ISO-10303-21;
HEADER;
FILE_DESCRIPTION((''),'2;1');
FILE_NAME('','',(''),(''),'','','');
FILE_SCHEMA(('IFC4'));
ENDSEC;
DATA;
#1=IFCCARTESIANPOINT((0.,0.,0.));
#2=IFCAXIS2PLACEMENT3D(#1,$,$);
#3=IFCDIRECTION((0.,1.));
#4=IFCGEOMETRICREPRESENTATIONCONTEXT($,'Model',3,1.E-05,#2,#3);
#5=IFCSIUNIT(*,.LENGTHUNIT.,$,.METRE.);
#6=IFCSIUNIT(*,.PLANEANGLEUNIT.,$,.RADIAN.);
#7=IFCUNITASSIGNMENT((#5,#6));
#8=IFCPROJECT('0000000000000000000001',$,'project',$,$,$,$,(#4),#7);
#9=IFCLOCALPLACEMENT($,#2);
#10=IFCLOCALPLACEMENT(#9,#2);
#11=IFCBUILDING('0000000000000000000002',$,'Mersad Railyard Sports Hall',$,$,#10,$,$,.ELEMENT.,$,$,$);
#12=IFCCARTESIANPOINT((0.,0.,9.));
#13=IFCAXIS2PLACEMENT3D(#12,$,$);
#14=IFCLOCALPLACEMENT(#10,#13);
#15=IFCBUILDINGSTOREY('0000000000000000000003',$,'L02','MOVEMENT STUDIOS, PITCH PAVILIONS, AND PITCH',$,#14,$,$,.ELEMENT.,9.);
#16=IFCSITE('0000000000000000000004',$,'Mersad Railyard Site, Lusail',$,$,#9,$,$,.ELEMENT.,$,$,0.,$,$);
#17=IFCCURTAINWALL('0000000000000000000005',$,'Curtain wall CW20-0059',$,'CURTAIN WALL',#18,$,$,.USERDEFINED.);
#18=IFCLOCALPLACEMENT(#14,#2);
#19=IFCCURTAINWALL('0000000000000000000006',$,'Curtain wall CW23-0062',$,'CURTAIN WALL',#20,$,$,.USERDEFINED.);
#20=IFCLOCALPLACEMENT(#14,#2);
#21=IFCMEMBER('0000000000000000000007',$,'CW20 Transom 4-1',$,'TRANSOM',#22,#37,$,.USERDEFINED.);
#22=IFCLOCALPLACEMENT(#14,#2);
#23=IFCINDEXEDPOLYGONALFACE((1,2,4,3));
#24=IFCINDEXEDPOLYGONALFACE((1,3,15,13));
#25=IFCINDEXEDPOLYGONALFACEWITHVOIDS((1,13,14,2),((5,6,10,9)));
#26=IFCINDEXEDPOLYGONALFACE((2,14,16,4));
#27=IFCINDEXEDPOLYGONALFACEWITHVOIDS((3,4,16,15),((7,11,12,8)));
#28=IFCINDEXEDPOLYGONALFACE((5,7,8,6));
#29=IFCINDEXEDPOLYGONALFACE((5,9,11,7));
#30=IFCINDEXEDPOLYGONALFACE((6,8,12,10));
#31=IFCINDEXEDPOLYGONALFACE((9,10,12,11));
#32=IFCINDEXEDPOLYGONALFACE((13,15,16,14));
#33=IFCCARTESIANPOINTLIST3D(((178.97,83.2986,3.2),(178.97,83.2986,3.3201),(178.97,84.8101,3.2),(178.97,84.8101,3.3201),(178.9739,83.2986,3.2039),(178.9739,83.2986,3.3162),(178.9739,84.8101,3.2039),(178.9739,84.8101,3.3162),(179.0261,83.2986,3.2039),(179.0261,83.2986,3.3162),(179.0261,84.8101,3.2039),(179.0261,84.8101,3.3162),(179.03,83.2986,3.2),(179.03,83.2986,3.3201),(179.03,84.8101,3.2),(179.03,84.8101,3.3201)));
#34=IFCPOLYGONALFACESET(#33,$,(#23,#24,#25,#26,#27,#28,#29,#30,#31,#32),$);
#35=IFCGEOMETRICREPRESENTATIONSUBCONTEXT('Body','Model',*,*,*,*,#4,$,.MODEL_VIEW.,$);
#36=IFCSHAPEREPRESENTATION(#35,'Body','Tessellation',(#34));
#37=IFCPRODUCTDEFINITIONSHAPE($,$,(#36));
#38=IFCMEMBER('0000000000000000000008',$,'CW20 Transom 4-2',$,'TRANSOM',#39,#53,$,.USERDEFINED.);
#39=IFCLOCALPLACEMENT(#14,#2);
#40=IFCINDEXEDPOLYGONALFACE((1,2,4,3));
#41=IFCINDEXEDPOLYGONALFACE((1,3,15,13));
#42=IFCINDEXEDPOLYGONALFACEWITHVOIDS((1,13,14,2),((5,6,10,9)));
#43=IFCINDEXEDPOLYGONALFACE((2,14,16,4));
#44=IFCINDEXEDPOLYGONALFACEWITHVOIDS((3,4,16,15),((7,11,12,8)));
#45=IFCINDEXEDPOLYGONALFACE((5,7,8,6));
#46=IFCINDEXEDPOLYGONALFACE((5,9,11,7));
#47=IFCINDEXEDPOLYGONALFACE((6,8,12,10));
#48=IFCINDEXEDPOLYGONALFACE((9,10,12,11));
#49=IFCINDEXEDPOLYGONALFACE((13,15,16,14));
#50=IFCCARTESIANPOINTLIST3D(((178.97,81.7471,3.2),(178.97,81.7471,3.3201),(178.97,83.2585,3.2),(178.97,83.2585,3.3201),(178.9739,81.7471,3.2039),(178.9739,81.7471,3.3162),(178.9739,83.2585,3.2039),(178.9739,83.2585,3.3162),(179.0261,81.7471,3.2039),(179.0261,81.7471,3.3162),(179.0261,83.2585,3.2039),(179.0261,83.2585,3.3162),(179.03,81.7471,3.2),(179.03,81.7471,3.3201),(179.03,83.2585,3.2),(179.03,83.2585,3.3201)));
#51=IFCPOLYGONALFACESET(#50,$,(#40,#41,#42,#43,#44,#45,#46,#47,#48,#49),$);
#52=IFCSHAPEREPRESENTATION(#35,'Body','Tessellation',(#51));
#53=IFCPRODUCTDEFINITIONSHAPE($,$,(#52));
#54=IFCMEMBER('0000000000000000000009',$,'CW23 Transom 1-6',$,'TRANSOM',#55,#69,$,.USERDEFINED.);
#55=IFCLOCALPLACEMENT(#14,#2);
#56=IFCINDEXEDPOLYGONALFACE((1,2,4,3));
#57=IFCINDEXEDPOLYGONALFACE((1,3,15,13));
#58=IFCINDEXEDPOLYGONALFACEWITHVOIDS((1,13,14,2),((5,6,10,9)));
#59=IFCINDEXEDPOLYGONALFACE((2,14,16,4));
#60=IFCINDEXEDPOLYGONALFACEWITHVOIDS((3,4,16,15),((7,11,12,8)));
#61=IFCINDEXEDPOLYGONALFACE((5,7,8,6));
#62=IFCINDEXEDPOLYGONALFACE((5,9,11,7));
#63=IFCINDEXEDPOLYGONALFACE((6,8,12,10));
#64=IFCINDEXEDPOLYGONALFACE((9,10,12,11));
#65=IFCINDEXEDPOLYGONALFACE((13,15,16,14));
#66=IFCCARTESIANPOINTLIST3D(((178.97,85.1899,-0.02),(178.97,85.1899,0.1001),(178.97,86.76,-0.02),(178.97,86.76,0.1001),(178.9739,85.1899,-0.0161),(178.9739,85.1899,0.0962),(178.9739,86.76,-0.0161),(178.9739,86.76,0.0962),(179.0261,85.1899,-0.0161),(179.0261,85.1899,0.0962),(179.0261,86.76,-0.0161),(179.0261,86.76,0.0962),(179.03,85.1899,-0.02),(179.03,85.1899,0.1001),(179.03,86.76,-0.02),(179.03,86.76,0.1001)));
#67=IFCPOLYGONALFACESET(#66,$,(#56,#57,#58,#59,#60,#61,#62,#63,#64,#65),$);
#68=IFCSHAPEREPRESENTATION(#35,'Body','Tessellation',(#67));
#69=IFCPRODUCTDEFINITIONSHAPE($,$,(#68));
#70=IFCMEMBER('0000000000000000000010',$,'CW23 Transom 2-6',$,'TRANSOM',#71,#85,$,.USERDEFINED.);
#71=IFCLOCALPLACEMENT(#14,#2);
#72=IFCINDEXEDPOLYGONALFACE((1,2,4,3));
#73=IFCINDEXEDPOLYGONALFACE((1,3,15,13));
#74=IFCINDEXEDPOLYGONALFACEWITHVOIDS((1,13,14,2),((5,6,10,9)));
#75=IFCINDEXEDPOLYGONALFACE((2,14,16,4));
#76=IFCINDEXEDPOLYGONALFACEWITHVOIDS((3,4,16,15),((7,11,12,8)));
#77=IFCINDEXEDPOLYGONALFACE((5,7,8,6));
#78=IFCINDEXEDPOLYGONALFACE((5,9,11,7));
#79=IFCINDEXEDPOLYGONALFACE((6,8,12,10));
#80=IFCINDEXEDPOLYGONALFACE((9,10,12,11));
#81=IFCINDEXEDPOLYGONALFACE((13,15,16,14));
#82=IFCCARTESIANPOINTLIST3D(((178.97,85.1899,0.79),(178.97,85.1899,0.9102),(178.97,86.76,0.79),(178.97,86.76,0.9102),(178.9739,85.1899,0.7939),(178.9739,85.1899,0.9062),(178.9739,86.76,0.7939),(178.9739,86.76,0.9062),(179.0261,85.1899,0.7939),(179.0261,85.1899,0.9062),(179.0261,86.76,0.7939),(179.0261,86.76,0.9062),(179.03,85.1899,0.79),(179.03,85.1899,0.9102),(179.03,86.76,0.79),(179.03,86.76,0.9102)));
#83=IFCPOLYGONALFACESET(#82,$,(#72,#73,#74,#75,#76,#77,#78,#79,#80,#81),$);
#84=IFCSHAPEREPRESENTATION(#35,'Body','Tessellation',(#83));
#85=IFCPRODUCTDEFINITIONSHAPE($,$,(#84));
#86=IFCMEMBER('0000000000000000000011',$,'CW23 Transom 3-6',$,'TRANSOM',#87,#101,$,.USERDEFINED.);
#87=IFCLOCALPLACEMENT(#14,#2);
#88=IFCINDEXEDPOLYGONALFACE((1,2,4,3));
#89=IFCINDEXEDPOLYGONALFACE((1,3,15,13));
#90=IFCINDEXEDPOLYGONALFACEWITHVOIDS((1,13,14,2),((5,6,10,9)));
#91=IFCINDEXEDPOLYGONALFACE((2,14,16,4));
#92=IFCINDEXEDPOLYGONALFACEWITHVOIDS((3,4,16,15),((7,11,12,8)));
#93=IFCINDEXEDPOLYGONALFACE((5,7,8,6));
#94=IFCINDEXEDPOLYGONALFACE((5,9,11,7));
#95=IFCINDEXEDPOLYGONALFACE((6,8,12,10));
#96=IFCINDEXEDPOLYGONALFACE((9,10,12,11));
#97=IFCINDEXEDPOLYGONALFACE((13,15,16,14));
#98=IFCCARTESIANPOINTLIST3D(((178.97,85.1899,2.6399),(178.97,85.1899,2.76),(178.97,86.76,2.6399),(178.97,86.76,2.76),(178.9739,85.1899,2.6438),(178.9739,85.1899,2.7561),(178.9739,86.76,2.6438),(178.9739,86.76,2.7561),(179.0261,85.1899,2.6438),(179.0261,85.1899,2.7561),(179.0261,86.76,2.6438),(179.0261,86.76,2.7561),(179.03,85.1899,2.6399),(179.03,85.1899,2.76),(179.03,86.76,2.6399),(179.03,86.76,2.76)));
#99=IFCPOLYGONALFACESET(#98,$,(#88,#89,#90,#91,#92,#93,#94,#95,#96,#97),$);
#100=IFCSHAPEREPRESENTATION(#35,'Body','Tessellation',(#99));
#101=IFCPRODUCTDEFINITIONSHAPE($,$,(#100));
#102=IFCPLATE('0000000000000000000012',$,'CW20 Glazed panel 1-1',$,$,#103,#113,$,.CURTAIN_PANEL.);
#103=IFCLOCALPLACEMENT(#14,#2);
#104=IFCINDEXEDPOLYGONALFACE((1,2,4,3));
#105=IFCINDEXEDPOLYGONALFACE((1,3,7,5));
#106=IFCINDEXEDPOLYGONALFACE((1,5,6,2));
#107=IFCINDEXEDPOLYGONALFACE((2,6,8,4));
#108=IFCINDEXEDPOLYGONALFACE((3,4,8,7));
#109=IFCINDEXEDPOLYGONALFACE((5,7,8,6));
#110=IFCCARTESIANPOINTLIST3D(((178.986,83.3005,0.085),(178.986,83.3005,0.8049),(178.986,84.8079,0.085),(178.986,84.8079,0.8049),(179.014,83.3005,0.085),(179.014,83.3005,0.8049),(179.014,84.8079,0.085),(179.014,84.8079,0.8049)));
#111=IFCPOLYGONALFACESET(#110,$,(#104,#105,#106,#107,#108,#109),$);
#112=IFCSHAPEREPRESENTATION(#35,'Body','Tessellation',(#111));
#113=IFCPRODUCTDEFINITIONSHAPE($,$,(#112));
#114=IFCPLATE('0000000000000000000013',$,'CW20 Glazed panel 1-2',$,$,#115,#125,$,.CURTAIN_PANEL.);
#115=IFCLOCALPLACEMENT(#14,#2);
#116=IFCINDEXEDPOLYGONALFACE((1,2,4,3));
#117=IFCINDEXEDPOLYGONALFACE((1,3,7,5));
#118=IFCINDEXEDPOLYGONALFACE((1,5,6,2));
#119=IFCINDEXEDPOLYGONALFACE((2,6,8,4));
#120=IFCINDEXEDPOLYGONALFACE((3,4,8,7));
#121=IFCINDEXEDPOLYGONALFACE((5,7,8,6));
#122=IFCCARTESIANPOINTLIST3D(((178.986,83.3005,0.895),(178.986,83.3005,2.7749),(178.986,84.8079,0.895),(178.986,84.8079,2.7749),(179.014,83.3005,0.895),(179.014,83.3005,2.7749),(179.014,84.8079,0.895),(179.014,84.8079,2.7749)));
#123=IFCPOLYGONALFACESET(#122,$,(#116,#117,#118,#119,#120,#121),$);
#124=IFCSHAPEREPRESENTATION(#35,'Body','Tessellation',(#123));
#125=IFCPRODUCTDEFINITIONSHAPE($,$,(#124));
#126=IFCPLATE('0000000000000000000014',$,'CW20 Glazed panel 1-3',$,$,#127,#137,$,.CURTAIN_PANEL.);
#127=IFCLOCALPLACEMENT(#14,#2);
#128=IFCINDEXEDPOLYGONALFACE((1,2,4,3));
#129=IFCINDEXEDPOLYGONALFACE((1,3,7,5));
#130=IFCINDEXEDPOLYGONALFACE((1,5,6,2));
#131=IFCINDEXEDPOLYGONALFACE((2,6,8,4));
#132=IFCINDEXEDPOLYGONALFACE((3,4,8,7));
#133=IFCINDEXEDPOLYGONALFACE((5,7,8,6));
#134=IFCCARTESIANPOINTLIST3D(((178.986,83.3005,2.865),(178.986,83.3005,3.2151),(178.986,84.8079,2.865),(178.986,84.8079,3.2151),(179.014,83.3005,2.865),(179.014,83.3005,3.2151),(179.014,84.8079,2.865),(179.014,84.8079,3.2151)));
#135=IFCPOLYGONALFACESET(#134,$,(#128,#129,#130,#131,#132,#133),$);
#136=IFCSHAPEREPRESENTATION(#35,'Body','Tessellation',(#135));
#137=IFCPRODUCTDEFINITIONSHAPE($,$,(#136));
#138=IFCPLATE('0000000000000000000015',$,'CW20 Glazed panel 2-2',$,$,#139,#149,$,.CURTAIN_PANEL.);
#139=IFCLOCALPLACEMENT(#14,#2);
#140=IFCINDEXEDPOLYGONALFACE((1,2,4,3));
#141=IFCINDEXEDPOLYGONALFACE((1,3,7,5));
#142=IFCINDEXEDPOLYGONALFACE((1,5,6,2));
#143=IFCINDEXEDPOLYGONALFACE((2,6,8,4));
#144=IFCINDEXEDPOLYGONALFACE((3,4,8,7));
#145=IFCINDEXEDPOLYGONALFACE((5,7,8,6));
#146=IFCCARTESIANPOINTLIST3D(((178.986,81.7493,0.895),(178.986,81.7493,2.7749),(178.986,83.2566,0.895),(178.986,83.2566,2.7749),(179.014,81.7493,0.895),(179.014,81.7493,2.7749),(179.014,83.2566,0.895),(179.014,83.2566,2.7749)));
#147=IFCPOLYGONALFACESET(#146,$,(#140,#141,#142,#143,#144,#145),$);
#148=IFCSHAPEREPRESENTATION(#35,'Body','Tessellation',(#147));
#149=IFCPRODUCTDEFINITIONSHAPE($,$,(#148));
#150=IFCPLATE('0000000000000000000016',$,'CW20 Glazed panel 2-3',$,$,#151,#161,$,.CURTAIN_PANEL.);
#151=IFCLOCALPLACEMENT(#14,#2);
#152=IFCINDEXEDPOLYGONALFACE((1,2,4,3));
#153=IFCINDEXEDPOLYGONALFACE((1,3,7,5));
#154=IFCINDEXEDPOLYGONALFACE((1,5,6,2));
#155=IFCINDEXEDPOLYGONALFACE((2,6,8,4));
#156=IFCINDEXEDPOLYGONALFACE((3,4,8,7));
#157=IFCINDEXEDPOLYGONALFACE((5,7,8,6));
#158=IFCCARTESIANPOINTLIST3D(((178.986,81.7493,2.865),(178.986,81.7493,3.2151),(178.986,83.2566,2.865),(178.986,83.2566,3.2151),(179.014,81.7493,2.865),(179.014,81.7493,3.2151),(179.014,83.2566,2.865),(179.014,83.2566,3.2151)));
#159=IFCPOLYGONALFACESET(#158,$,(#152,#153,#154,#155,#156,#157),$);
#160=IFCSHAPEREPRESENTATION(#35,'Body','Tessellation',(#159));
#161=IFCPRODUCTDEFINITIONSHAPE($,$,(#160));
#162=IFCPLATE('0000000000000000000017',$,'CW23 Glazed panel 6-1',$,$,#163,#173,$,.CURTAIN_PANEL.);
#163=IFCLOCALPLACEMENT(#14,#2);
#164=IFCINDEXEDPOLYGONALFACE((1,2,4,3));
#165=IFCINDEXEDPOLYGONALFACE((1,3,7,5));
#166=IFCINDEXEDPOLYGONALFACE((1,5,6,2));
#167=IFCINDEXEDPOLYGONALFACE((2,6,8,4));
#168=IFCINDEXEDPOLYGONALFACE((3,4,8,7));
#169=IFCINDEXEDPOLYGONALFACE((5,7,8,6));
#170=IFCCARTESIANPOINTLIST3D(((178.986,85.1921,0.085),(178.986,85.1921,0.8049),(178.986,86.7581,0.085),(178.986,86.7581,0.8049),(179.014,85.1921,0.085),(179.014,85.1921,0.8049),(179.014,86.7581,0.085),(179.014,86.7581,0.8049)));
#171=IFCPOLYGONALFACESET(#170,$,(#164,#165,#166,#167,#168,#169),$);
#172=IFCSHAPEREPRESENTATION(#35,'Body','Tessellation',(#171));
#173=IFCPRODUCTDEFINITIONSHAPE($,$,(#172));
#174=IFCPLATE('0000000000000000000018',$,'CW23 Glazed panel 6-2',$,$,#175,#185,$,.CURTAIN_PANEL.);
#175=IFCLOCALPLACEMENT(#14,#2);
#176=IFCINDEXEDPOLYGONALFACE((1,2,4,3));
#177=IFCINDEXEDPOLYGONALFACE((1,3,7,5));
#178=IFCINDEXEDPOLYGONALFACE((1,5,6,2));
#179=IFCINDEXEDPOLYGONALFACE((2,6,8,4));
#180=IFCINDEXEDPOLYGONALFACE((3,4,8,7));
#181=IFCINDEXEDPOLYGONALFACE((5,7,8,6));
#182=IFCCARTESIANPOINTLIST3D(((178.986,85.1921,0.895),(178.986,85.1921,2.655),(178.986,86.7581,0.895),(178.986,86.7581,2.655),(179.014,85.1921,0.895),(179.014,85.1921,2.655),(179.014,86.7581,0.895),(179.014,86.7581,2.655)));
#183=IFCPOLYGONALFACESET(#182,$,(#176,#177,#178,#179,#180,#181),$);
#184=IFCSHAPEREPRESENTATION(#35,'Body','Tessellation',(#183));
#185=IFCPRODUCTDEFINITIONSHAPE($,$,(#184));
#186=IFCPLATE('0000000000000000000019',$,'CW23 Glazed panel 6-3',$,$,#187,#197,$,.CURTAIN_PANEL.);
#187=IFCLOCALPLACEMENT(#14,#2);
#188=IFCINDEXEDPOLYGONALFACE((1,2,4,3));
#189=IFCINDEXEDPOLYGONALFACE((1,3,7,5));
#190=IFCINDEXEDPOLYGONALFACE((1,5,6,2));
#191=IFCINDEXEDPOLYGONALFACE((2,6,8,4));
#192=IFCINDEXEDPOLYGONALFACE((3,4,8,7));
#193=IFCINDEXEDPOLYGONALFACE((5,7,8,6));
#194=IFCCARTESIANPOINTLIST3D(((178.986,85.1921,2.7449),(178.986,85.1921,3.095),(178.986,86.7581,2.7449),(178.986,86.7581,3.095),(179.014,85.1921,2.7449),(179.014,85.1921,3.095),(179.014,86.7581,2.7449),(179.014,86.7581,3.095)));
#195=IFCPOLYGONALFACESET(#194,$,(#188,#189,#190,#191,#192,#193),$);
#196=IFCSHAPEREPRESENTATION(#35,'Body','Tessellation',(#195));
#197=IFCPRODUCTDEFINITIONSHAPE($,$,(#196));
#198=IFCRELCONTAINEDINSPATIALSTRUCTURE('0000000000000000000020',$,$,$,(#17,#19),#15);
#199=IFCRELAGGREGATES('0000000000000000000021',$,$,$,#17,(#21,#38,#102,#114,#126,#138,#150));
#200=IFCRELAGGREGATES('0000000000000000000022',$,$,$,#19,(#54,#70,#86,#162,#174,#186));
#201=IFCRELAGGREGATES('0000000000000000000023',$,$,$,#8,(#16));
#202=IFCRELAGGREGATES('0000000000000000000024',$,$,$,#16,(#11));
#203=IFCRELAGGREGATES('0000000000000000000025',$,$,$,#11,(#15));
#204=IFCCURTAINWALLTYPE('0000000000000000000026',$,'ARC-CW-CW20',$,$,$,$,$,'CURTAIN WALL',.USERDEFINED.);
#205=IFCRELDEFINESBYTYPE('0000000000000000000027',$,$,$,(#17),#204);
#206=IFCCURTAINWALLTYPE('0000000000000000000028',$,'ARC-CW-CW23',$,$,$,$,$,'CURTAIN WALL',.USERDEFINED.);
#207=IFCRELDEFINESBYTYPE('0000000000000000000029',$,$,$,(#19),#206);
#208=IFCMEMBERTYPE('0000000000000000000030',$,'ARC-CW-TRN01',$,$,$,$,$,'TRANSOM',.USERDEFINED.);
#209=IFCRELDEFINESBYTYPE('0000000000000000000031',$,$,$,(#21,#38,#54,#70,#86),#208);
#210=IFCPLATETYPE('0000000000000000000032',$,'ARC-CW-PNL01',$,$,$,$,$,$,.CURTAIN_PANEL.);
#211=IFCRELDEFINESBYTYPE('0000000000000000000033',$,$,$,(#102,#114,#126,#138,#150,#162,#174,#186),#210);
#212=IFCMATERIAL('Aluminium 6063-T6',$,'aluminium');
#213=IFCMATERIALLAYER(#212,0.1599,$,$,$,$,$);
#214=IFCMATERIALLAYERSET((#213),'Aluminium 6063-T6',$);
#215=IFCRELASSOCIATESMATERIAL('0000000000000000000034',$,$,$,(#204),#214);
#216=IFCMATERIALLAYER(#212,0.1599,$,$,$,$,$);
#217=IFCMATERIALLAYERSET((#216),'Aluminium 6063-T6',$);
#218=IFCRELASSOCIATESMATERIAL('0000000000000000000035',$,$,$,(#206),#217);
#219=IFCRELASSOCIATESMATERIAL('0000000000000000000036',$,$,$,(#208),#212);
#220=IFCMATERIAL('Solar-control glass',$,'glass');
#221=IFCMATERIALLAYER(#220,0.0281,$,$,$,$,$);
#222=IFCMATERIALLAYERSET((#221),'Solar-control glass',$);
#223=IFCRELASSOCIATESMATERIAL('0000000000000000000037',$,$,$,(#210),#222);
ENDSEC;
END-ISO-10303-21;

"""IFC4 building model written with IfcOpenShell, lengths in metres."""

from ifc_helpers import new_model, si_unit, direction, frame, origin, origin_2d, place, context, subcontext, project, spatial, rectangle, hollow_rectangle, extrude, material, layer, layer_set, material_profile, profile_set, type_object, element, aggregate, save


model = new_model("IFC4")

# Units and contexts
model_context = context("Model", 3, precision=1e-05, world=origin(), true_north=direction((0.0, 1.0)))
body_context = subcontext(model_context, "Body", "Model", "MODEL_VIEW")
ifc_project = project(units=[si_unit("LENGTHUNIT", "METRE"), si_unit("PLANEANGLEUNIT", "RADIAN")], contexts=[model_context])

# Site, building, storey
site_placement = place(None, origin())
site = spatial("IfcSite", under=ifc_project, at=site_placement, Name="Mersad Railyard Site, Lusail", CompositionType="ELEMENT", RefElevation=0.0)
building_placement = place(site_placement, origin())
building = spatial("IfcBuilding", under=site, at=building_placement, Name="Mersad Railyard Sports Hall", CompositionType="ELEMENT")
storey_placement = place(building_placement, frame((0.0, 0.0, 9.0)))
storey = spatial("IfcBuildingStorey", under=building, at=storey_placement, Name="L02", Description="MOVEMENT STUDIOS, PITCH PAVILIONS, AND PITCH", CompositionType="ELEMENT", Elevation=9.0)

# Curtain wall
ifc_material_1 = material(Name="Aluminium 6063-T6", Category="aluminium")
ifc_layer_1 = layer(ifc_material_1, 0.1599)
ifc_layer_set_1 = layer_set([ifc_layer_1], Name="Aluminium 6063-T6")
curtain_wall_type_1 = type_object("IfcCurtainWallType", Name="ARC-CW-CW20", ElementType="CURTAIN WALL", PredefinedType="USERDEFINED", material=ifc_layer_set_1)
curtain_wall_1_placement = place(storey_placement, origin())
curtain_wall_1 = element("IfcCurtainWall", 1, at=curtain_wall_1_placement, inside=storey, type_object=curtain_wall_type_1, Name="Curtain wall CW20-0059", ObjectType="CURTAIN WALL", PredefinedType="USERDEFINED")

# Curtain wall
ifc_layer_2 = layer(ifc_material_1, 0.1599)
ifc_layer_set_2 = layer_set([ifc_layer_2], Name="Aluminium 6063-T6")
curtain_wall_type_2 = type_object("IfcCurtainWallType", Name="ARC-CW-CW23", ElementType="CURTAIN WALL", PredefinedType="USERDEFINED", material=ifc_layer_set_2)
curtain_wall_2_placement = place(storey_placement, origin())
curtain_wall_2 = element("IfcCurtainWall", 2, at=curtain_wall_2_placement, inside=storey, type_object=curtain_wall_type_2, Name="Curtain wall CW23-0062", ObjectType="CURTAIN WALL", PredefinedType="USERDEFINED")

# Members
ifc_material_profile_1 = material_profile(ifc_material_1, hollow_rectangle(XDim=0.0601, YDim=0.1201, WallThickness=0.0039, at=origin_2d()), Name="AL TRANSOM 60x120x4")
ifc_profile_set_1 = profile_set([ifc_material_profile_1], Name="Aluminium 6063-T6")
member_type_1 = type_object("IfcMemberType", Name="ARC-CW-TRN01", ElementType="TRANSOM", PredefinedType="USERDEFINED", material=ifc_profile_set_1)
member_1_placement = place(storey_placement, frame((179.0, 84.8101, 3.26), z_axis=(0.0, -1.0, 0.0), x_axis=(1.0, 0.0, 0.0)))
member_1 = element("IfcMember", 3, at=member_1_placement, type_object=member_type_1, Name="CW20 Transom 4-1", ObjectType="TRANSOM", PredefinedType="USERDEFINED", context=body_context, shape_type="SweptSolid", body=[
    extrude(hollow_rectangle(XDim=0.0601, YDim=0.1201, WallThickness=0.0039, at=origin_2d()), origin(), (0.0, 0.0, 1.0), 1.5115),
])
member_2_placement = place(storey_placement, frame((179.0, 83.2585, 3.26), z_axis=(0.0, -1.0, 0.0), x_axis=(1.0, 0.0, 0.0)))
member_2 = element("IfcMember", 4, at=member_2_placement, type_object=member_type_1, Name="CW20 Transom 4-2", ObjectType="TRANSOM", PredefinedType="USERDEFINED", context=body_context, shape_type="SweptSolid", body=[
    extrude(hollow_rectangle(XDim=0.0601, YDim=0.1201, WallThickness=0.0039, at=origin_2d()), origin(), (0.0, 0.0, 1.0), 1.5115),
])
member_3_placement = place(storey_placement, frame((179.0, 86.76, 0.04), z_axis=(0.0, -1.0, 0.0), x_axis=(1.0, 0.0, 0.0)))
member_3 = element("IfcMember", 5, at=member_3_placement, type_object=member_type_1, Name="CW23 Transom 1-6", ObjectType="TRANSOM", PredefinedType="USERDEFINED", context=body_context, shape_type="SweptSolid", body=[
    extrude(hollow_rectangle(XDim=0.0601, YDim=0.1201, WallThickness=0.0039, at=origin_2d()), origin(), (0.0, 0.0, 1.0), 1.5701),
])
member_4_placement = place(storey_placement, frame((179.0, 86.76, 0.8501), z_axis=(0.0, -1.0, 0.0), x_axis=(1.0, 0.0, 0.0)))
member_4 = element("IfcMember", 6, at=member_4_placement, type_object=member_type_1, Name="CW23 Transom 2-6", ObjectType="TRANSOM", PredefinedType="USERDEFINED", context=body_context, shape_type="SweptSolid", body=[
    extrude(hollow_rectangle(XDim=0.0601, YDim=0.1201, WallThickness=0.0039, at=origin_2d()), origin(), (0.0, 0.0, 1.0), 1.5701),
])
member_5_placement = place(storey_placement, frame((179.0, 86.76, 2.7), z_axis=(0.0, -1.0, 0.0), x_axis=(1.0, 0.0, 0.0)))
member_5 = element("IfcMember", 7, at=member_5_placement, type_object=member_type_1, Name="CW23 Transom 3-6", ObjectType="TRANSOM", PredefinedType="USERDEFINED", context=body_context, shape_type="SweptSolid", body=[
    extrude(hollow_rectangle(XDim=0.0601, YDim=0.1201, WallThickness=0.0039, at=origin_2d()), origin(), (0.0, 0.0, 1.0), 1.5701),
])

# Plates
ifc_material_2 = material(Name="Solar-control glass", Category="glass")
ifc_layer_3 = layer(ifc_material_2, 0.0281)
ifc_layer_set_3 = layer_set([ifc_layer_3], Name="Solar-control glass")
plate_type = type_object("IfcPlateType", Name="ARC-CW-PNL01", PredefinedType="CURTAIN_PANEL", material=ifc_layer_set_3)
plate_1_placement = place(storey_placement, frame((179.0, 84.0542, 0.085), z_axis=(0.0, 0.0, 1.0), x_axis=(0.0, -1.0, 0.0)))
plate_1 = element("IfcPlate", 8, at=plate_1_placement, type_object=plate_type, Name="CW20 Glazed panel 1-1", PredefinedType="CURTAIN_PANEL", context=body_context, shape_type="SweptSolid", body=[
    extrude(rectangle(XDim=1.5073, YDim=0.0281, at=origin_2d()), origin(), (0.0, 0.0, 1.0), 0.72),
])
plate_2_placement = place(storey_placement, frame((179.0, 84.0542, 0.895), z_axis=(0.0, 0.0, 1.0), x_axis=(0.0, -1.0, 0.0)))
plate_2 = element("IfcPlate", 9, at=plate_2_placement, type_object=plate_type, Name="CW20 Glazed panel 1-2", PredefinedType="CURTAIN_PANEL", context=body_context, shape_type="SweptSolid", body=[
    extrude(rectangle(XDim=1.5073, YDim=0.0281, at=origin_2d()), origin(), (0.0, 0.0, 1.0), 1.8799),
])
plate_3_placement = place(storey_placement, frame((179.0, 84.0542, 2.865), z_axis=(0.0, 0.0, 1.0), x_axis=(0.0, -1.0, 0.0)))
plate_3 = element("IfcPlate", 10, at=plate_3_placement, type_object=plate_type, Name="CW20 Glazed panel 1-3", PredefinedType="CURTAIN_PANEL", context=body_context, shape_type="SweptSolid", body=[
    extrude(rectangle(XDim=1.5073, YDim=0.0281, at=origin_2d()), origin(), (0.0, 0.0, 1.0), 0.3501),
])
plate_4_placement = place(storey_placement, frame((179.0, 82.5029, 0.895), z_axis=(0.0, 0.0, 1.0), x_axis=(0.0, -1.0, 0.0)))
plate_4 = element("IfcPlate", 11, at=plate_4_placement, type_object=plate_type, Name="CW20 Glazed panel 2-2", PredefinedType="CURTAIN_PANEL", context=body_context, shape_type="SweptSolid", body=[
    extrude(rectangle(XDim=1.5073, YDim=0.0281, at=origin_2d()), origin(), (0.0, 0.0, 1.0), 1.8799),
])
plate_5_placement = place(storey_placement, frame((179.0, 82.5029, 2.865), z_axis=(0.0, 0.0, 1.0), x_axis=(0.0, -1.0, 0.0)))
plate_5 = element("IfcPlate", 12, at=plate_5_placement, type_object=plate_type, Name="CW20 Glazed panel 2-3", PredefinedType="CURTAIN_PANEL", context=body_context, shape_type="SweptSolid", body=[
    extrude(rectangle(XDim=1.5073, YDim=0.0281, at=origin_2d()), origin(), (0.0, 0.0, 1.0), 0.3501),
])
aggregate(curtain_wall_1, [member_1, member_2, plate_1, plate_2, plate_3, plate_4, plate_5])
plate_6_placement = place(storey_placement, frame((179.0, 85.9751, 0.085), z_axis=(0.0, 0.0, 1.0), x_axis=(0.0, -1.0, 0.0)))
plate_6 = element("IfcPlate", 13, at=plate_6_placement, type_object=plate_type, Name="CW23 Glazed panel 6-1", PredefinedType="CURTAIN_PANEL", context=body_context, shape_type="SweptSolid", body=[
    extrude(rectangle(XDim=1.5659, YDim=0.0281, at=origin_2d()), origin(), (0.0, 0.0, 1.0), 0.72),
])
plate_7_placement = place(storey_placement, frame((179.0, 85.9751, 0.895), z_axis=(0.0, 0.0, 1.0), x_axis=(0.0, -1.0, 0.0)))
plate_7 = element("IfcPlate", 14, at=plate_7_placement, type_object=plate_type, Name="CW23 Glazed panel 6-2", PredefinedType="CURTAIN_PANEL", context=body_context, shape_type="SweptSolid", body=[
    extrude(rectangle(XDim=1.5659, YDim=0.0281, at=origin_2d()), origin(), (0.0, 0.0, 1.0), 1.76),
])
plate_8_placement = place(storey_placement, frame((179.0, 85.9751, 2.7449), z_axis=(0.0, 0.0, 1.0), x_axis=(0.0, -1.0, 0.0)))
plate_8 = element("IfcPlate", 15, at=plate_8_placement, type_object=plate_type, Name="CW23 Glazed panel 6-3", PredefinedType="CURTAIN_PANEL", context=body_context, shape_type="SweptSolid", body=[
    extrude(rectangle(XDim=1.5659, YDim=0.0281, at=origin_2d()), origin(), (0.0, 0.0, 1.0), 0.3501),
])
aggregate(curtain_wall_2, [member_3, member_4, member_5, plate_6, plate_7, plate_8])

save(model, "model.ifc")
